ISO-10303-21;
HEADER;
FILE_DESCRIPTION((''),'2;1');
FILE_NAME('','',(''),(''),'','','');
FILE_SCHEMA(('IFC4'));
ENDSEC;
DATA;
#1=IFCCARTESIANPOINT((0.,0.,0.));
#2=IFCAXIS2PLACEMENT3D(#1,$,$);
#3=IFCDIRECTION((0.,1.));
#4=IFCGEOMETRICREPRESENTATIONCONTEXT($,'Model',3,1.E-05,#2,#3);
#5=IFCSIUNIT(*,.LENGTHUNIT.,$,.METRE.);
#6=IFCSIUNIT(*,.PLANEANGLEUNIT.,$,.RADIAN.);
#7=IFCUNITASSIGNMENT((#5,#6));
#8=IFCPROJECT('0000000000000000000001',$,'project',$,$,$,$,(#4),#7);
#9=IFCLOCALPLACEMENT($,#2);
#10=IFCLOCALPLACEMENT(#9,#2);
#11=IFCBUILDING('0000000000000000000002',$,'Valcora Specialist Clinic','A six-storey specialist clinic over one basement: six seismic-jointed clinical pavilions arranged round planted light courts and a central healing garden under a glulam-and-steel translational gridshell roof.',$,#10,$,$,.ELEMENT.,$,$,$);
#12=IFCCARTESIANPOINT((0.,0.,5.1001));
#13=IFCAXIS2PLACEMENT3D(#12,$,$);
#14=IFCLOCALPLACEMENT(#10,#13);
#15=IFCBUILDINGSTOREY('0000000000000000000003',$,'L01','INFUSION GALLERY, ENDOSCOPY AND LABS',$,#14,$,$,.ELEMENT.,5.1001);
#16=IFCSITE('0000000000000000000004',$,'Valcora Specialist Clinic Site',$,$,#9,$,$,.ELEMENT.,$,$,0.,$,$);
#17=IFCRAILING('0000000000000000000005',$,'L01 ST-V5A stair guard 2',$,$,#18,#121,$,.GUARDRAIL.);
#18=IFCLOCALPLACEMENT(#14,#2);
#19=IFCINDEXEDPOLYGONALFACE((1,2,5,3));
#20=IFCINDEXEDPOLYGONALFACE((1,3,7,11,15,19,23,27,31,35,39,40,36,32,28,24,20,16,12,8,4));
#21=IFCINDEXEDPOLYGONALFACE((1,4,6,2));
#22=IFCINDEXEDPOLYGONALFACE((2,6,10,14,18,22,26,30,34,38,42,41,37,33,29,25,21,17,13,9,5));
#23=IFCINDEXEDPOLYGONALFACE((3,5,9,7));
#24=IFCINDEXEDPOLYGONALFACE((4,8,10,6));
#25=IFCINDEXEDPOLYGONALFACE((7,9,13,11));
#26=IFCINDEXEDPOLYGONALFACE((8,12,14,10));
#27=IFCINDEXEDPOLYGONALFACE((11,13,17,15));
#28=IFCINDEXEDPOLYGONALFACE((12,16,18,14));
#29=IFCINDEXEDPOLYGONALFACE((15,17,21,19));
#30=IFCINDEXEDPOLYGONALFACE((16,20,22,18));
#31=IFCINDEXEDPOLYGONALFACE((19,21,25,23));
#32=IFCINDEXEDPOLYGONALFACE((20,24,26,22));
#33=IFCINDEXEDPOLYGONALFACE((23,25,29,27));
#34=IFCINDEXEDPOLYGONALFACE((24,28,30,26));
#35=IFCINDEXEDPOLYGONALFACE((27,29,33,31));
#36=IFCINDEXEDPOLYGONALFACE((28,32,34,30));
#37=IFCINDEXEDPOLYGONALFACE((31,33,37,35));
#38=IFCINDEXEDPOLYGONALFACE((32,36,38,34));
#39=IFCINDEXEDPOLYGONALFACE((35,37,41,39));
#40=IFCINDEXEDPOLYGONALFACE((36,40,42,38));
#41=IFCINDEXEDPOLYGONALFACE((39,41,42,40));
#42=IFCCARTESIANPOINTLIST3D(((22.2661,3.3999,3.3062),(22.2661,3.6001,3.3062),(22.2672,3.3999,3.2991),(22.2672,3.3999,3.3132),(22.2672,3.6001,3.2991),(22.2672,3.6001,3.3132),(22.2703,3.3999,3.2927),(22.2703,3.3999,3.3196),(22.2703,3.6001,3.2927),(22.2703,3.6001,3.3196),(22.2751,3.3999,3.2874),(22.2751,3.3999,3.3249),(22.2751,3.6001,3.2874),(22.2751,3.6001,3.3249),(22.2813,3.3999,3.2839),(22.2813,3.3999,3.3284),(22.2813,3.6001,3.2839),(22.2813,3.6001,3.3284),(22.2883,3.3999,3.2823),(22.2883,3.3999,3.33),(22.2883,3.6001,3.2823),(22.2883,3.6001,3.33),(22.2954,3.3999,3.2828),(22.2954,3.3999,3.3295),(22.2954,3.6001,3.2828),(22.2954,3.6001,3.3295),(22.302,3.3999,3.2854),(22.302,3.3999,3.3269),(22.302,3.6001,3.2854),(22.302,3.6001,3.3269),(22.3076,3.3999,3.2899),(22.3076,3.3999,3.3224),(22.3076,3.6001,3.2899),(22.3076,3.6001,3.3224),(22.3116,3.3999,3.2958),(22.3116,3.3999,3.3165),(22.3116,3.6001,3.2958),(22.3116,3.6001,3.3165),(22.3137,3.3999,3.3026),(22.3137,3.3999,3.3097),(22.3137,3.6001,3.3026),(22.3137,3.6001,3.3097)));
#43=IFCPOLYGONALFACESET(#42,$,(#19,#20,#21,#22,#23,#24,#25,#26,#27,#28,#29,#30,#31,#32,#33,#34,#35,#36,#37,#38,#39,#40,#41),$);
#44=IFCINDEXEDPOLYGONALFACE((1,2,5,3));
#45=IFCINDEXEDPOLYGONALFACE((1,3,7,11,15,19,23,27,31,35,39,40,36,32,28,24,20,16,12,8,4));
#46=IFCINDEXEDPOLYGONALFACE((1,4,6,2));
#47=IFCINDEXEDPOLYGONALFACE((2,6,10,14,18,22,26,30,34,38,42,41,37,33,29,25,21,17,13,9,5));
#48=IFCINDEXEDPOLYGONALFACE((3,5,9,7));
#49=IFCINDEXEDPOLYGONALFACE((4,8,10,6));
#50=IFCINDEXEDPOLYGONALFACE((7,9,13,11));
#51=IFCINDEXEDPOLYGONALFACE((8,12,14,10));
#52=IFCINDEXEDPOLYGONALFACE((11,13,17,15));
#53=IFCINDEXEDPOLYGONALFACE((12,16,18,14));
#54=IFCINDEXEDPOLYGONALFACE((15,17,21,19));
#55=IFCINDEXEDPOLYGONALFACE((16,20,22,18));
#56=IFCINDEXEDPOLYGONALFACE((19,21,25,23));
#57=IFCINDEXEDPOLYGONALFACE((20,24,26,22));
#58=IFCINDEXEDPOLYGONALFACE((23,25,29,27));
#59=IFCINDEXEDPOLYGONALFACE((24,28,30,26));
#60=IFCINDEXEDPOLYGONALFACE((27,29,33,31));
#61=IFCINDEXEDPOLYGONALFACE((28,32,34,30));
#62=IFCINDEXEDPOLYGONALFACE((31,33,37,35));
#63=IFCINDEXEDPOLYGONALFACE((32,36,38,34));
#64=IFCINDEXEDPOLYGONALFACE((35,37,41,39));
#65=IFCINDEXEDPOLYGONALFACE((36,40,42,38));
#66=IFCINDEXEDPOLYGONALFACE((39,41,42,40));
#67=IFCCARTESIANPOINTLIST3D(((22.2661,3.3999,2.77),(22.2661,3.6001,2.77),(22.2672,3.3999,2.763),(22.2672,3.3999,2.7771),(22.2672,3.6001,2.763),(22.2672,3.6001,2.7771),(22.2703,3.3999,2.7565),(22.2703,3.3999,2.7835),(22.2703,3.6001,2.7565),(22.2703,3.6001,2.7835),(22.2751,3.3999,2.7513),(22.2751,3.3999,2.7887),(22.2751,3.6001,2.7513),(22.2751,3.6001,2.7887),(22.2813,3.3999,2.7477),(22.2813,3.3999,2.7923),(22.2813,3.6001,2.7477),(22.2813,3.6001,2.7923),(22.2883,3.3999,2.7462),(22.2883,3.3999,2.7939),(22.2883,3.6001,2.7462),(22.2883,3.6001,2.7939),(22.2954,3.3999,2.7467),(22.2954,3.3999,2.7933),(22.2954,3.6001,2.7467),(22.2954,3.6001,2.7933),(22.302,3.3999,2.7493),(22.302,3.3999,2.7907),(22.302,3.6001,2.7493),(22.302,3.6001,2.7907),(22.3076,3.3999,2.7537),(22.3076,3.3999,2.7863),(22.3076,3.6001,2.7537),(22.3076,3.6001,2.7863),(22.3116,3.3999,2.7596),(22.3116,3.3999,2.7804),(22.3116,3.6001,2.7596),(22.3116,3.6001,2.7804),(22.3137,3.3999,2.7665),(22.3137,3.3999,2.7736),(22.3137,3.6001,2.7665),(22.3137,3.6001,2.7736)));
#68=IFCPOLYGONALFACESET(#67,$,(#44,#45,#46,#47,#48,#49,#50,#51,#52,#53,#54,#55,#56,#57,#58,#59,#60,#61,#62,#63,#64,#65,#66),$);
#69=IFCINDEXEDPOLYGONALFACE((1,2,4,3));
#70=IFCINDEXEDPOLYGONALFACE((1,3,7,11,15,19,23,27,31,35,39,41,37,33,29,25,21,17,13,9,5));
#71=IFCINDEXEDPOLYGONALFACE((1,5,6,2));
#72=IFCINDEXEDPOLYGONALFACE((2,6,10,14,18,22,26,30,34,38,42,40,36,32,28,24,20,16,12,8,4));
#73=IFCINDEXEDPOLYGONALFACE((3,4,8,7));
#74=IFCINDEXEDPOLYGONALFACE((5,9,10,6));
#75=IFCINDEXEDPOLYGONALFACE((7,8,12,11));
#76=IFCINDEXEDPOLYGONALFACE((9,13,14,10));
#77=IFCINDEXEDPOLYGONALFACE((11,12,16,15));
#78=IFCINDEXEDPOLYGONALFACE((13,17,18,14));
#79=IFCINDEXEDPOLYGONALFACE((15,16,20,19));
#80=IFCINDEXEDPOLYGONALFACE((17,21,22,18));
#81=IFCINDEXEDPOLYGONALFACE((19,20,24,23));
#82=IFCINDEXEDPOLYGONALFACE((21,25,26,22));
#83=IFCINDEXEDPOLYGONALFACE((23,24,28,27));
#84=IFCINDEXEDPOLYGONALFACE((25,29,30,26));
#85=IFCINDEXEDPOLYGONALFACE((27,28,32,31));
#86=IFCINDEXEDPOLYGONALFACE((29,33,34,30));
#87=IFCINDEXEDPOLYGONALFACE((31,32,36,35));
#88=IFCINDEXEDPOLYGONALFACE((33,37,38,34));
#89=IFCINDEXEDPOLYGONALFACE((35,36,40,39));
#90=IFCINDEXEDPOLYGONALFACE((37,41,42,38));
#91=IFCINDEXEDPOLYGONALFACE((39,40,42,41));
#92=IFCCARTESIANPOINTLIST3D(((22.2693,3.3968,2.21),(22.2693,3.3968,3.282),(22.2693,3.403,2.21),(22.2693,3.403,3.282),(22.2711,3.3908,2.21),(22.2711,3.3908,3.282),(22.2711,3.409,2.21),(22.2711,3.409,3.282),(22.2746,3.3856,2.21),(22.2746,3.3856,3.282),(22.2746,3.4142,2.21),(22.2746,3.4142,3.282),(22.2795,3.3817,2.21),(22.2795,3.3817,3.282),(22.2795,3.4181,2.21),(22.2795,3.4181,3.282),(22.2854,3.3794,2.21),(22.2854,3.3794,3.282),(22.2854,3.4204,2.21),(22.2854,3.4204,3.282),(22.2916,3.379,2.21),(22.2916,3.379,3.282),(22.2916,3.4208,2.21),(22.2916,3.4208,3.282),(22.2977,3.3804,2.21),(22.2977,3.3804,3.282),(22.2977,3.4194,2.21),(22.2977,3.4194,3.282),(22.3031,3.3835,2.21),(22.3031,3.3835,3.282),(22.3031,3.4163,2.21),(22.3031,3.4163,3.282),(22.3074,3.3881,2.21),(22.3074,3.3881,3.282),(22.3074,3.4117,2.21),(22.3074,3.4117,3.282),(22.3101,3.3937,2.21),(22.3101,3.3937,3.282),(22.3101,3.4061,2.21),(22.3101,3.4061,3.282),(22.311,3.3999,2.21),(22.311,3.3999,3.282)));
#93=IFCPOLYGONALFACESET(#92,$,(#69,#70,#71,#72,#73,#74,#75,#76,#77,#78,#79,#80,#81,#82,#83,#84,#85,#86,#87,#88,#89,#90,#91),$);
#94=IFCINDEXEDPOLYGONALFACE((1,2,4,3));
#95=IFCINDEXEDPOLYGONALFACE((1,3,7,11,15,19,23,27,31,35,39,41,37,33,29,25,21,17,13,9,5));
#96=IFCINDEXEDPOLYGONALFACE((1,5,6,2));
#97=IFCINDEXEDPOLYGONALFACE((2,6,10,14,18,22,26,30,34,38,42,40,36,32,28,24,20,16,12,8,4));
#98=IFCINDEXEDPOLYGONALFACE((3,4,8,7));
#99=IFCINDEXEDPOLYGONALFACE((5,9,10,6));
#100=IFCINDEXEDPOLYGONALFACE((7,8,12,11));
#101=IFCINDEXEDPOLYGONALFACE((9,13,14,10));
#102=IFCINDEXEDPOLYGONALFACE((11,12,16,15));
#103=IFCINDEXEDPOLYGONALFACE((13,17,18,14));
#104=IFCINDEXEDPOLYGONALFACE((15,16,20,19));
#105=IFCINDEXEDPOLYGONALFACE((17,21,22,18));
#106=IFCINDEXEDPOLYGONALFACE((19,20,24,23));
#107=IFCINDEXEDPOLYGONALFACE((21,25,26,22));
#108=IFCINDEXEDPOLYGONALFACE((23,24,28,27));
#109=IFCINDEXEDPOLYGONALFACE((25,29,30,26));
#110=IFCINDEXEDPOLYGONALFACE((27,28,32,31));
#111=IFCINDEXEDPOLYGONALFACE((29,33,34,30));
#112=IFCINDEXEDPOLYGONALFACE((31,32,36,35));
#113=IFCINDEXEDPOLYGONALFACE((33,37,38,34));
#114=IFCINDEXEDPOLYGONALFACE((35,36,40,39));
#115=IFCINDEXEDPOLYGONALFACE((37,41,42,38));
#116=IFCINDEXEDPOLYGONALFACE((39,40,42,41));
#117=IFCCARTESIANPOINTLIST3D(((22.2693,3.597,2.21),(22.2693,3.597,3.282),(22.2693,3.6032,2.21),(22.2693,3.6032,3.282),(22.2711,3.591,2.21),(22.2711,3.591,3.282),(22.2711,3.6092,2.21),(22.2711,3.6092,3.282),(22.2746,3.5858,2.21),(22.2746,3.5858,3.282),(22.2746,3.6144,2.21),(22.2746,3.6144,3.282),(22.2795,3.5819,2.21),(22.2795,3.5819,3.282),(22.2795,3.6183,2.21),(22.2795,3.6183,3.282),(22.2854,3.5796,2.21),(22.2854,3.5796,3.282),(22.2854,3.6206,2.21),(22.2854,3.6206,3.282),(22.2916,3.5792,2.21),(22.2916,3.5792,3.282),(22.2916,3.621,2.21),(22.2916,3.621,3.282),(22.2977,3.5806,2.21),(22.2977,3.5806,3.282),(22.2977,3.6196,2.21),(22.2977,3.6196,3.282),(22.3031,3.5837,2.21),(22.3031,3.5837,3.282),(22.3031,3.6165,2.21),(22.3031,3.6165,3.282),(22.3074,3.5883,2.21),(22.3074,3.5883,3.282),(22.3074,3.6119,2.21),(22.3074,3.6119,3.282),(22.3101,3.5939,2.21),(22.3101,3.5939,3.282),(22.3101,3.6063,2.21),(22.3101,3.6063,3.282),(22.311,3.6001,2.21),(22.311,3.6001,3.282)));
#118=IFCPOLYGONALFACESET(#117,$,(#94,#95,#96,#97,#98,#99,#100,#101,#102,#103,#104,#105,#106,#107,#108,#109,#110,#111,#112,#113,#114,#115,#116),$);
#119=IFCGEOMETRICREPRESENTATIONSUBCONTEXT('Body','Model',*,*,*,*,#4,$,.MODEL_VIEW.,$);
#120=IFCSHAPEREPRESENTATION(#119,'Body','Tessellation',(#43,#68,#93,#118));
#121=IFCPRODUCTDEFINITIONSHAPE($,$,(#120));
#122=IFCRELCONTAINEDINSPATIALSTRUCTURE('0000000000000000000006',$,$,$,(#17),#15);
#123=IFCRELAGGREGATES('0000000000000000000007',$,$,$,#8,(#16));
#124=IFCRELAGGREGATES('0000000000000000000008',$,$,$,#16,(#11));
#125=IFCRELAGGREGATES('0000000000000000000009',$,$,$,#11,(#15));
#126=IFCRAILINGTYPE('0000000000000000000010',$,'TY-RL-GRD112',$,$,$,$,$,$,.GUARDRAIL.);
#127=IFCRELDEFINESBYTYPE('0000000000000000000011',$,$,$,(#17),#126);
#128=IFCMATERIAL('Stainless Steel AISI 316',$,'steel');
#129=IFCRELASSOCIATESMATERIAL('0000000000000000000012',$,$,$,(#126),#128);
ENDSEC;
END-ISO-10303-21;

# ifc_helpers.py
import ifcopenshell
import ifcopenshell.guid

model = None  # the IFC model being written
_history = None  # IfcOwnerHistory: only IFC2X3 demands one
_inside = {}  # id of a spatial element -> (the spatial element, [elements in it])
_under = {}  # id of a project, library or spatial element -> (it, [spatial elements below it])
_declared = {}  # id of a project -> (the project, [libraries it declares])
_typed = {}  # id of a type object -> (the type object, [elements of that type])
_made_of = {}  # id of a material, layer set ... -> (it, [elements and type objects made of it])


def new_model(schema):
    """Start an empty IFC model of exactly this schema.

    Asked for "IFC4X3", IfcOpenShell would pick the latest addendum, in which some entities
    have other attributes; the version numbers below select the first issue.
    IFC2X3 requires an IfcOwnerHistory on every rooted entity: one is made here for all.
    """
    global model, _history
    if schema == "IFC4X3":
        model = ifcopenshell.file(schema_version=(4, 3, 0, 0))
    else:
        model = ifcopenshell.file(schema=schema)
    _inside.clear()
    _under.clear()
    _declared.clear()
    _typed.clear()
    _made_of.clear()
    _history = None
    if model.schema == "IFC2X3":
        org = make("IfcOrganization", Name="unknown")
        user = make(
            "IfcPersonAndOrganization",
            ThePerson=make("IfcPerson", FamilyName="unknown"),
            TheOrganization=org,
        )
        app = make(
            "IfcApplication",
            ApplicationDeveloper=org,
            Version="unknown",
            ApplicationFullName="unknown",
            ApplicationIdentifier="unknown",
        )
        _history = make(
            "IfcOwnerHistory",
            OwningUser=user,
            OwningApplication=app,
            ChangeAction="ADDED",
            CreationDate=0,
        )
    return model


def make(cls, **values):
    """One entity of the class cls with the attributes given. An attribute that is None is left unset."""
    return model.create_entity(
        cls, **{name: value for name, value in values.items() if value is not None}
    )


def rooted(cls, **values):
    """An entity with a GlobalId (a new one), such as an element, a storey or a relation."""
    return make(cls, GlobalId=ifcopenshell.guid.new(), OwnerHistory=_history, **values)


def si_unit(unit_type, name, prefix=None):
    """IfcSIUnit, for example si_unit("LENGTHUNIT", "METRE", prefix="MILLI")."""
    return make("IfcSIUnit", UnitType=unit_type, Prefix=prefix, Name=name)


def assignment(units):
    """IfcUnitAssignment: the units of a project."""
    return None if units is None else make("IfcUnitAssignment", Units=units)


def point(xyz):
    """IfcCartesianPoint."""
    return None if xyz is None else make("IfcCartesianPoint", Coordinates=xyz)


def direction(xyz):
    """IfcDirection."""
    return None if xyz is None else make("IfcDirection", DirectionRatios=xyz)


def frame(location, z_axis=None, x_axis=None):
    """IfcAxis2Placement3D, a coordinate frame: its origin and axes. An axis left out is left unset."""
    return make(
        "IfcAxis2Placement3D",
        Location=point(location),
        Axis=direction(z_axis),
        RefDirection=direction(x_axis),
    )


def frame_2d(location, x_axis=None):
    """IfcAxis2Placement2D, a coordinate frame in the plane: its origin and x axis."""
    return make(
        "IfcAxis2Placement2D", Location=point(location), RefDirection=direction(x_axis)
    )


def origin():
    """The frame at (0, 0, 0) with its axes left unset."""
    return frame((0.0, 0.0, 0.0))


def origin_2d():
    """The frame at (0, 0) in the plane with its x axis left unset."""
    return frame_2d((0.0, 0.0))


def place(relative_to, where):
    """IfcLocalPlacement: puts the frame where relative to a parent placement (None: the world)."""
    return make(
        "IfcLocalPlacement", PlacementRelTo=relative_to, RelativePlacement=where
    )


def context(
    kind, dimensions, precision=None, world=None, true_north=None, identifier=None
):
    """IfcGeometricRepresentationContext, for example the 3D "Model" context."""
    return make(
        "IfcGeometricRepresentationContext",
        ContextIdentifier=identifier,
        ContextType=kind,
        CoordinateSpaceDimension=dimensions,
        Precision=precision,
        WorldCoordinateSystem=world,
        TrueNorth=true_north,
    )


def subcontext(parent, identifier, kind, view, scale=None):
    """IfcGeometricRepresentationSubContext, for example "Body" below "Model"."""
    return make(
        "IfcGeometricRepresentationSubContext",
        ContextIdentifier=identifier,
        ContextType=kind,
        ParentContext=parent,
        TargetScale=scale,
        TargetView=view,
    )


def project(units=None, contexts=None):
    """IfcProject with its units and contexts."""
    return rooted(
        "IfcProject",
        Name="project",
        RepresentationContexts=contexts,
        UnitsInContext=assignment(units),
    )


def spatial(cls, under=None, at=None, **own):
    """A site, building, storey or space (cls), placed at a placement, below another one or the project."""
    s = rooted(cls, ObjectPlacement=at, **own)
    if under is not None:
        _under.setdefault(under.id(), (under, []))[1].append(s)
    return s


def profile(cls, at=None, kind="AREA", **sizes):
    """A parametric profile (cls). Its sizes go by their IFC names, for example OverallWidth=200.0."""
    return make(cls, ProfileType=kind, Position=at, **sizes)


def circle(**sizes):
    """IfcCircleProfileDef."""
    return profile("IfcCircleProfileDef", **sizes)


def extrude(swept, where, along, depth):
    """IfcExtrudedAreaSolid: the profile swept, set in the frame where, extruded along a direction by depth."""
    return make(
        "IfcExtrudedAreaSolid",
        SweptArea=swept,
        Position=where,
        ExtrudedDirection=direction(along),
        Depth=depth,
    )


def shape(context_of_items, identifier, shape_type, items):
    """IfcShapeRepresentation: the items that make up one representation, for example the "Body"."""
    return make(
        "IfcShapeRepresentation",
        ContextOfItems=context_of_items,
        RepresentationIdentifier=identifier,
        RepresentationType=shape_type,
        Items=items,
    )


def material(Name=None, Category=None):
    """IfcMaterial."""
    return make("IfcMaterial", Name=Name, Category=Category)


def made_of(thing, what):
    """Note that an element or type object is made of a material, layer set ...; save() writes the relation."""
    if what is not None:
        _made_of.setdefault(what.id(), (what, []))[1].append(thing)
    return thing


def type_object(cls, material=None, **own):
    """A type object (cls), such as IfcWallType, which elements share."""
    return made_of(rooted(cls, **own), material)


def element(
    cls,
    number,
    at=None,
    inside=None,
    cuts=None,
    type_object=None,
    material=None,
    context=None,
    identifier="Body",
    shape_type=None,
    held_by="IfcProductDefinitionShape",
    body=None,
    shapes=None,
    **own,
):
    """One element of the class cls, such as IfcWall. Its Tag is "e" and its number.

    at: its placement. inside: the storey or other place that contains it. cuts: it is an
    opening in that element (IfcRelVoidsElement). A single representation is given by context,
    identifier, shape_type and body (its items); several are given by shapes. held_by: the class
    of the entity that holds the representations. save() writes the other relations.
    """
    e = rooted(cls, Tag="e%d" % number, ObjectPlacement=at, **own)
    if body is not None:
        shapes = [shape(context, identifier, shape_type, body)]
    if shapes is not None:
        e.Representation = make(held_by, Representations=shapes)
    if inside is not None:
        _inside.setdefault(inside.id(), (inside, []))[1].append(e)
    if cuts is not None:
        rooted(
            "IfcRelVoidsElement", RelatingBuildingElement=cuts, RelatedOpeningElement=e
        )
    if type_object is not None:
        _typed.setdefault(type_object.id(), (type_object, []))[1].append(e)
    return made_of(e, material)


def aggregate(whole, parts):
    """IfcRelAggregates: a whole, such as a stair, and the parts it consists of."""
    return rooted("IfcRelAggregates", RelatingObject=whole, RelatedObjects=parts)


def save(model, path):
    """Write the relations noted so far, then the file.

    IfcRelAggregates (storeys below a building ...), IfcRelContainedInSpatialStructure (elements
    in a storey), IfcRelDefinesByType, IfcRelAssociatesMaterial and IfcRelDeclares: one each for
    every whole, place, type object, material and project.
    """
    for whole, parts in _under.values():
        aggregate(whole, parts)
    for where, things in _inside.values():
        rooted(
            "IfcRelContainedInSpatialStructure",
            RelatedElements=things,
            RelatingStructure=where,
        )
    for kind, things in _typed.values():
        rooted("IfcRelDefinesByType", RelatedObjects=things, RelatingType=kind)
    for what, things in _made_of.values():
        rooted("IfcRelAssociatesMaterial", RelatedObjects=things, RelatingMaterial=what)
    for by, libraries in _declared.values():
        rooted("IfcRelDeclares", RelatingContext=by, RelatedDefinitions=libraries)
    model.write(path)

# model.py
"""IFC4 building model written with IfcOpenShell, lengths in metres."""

from ifc_helpers import new_model, si_unit, direction, frame, origin, origin_2d, place, context, subcontext, project, spatial, circle, extrude, material, type_object, element, save


model = new_model("IFC4")

# Units and contexts
model_context = context("Model", 3, precision=1e-05, world=origin(), true_north=direction((0.0, 1.0)))
body_context = subcontext(model_context, "Body", "Model", "MODEL_VIEW")
ifc_project = project(units=[si_unit("LENGTHUNIT", "METRE"), si_unit("PLANEANGLEUNIT", "RADIAN")], contexts=[model_context])

# Site, building, storey
site_placement = place(None, origin())
site = spatial("IfcSite", under=ifc_project, at=site_placement, Name="Valcora Specialist Clinic Site", CompositionType="ELEMENT", RefElevation=0.0)
building_placement = place(site_placement, origin())
building = spatial("IfcBuilding", under=site, at=building_placement, Name="Valcora Specialist Clinic", Description="A six-storey specialist clinic over one basement: six seismic-jointed clinical pavilions arranged round planted light courts and a central healing garden under a glulam-and-steel translational gridshell roof.", CompositionType="ELEMENT")
storey_placement = place(building_placement, frame((0.0, 0.0, 5.1001)))
storey = spatial("IfcBuildingStorey", under=building, at=storey_placement, Name="L01", Description="INFUSION GALLERY, ENDOSCOPY AND LABS", CompositionType="ELEMENT", Elevation=5.1001)

# Shared definitions
ifc_material_1 = material(Name="Stainless Steel AISI 316", Category="steel")

# Railing
railing_type_1 = type_object("IfcRailingType", Name="TY-RL-GRD112", PredefinedType="GUARDRAIL", material=ifc_material_1)
railing_1_placement = place(storey_placement, frame((22.29, 3.3999, 2.21)))
element("IfcRailing", 1, at=railing_1_placement, inside=storey, type_object=railing_type_1, Name="L01 ST-V5A stair guard 2", PredefinedType="GUARDRAIL", context=body_context, shape_type="SweptSolid", body=[
    extrude(circle(Radius=0.0239, at=origin_2d()), frame((0.0, 0.0, 1.0962), z_axis=(0.0, 1.0, 0.0), x_axis=(-1.0, 0.0, 0.0)), (0.0, 0.0, 1.0), 0.2002),
    extrude(circle(Radius=0.0239, at=origin_2d()), frame((0.0, 0.0, 0.5601), z_axis=(0.0, 1.0, 0.0), x_axis=(-1.0, 0.0, 0.0)), (0.0, 0.0, 1.0), 0.2002),
    extrude(circle(Radius=0.021, at=origin_2d()), origin(), (0.0, 0.0, 1.0), 1.072),
    extrude(circle(Radius=0.021, at=origin_2d()), frame((0.0, 0.2002, 0.0)), (0.0, 0.0, 1.0), 1.072),
])

save(model, "model.ifc")
